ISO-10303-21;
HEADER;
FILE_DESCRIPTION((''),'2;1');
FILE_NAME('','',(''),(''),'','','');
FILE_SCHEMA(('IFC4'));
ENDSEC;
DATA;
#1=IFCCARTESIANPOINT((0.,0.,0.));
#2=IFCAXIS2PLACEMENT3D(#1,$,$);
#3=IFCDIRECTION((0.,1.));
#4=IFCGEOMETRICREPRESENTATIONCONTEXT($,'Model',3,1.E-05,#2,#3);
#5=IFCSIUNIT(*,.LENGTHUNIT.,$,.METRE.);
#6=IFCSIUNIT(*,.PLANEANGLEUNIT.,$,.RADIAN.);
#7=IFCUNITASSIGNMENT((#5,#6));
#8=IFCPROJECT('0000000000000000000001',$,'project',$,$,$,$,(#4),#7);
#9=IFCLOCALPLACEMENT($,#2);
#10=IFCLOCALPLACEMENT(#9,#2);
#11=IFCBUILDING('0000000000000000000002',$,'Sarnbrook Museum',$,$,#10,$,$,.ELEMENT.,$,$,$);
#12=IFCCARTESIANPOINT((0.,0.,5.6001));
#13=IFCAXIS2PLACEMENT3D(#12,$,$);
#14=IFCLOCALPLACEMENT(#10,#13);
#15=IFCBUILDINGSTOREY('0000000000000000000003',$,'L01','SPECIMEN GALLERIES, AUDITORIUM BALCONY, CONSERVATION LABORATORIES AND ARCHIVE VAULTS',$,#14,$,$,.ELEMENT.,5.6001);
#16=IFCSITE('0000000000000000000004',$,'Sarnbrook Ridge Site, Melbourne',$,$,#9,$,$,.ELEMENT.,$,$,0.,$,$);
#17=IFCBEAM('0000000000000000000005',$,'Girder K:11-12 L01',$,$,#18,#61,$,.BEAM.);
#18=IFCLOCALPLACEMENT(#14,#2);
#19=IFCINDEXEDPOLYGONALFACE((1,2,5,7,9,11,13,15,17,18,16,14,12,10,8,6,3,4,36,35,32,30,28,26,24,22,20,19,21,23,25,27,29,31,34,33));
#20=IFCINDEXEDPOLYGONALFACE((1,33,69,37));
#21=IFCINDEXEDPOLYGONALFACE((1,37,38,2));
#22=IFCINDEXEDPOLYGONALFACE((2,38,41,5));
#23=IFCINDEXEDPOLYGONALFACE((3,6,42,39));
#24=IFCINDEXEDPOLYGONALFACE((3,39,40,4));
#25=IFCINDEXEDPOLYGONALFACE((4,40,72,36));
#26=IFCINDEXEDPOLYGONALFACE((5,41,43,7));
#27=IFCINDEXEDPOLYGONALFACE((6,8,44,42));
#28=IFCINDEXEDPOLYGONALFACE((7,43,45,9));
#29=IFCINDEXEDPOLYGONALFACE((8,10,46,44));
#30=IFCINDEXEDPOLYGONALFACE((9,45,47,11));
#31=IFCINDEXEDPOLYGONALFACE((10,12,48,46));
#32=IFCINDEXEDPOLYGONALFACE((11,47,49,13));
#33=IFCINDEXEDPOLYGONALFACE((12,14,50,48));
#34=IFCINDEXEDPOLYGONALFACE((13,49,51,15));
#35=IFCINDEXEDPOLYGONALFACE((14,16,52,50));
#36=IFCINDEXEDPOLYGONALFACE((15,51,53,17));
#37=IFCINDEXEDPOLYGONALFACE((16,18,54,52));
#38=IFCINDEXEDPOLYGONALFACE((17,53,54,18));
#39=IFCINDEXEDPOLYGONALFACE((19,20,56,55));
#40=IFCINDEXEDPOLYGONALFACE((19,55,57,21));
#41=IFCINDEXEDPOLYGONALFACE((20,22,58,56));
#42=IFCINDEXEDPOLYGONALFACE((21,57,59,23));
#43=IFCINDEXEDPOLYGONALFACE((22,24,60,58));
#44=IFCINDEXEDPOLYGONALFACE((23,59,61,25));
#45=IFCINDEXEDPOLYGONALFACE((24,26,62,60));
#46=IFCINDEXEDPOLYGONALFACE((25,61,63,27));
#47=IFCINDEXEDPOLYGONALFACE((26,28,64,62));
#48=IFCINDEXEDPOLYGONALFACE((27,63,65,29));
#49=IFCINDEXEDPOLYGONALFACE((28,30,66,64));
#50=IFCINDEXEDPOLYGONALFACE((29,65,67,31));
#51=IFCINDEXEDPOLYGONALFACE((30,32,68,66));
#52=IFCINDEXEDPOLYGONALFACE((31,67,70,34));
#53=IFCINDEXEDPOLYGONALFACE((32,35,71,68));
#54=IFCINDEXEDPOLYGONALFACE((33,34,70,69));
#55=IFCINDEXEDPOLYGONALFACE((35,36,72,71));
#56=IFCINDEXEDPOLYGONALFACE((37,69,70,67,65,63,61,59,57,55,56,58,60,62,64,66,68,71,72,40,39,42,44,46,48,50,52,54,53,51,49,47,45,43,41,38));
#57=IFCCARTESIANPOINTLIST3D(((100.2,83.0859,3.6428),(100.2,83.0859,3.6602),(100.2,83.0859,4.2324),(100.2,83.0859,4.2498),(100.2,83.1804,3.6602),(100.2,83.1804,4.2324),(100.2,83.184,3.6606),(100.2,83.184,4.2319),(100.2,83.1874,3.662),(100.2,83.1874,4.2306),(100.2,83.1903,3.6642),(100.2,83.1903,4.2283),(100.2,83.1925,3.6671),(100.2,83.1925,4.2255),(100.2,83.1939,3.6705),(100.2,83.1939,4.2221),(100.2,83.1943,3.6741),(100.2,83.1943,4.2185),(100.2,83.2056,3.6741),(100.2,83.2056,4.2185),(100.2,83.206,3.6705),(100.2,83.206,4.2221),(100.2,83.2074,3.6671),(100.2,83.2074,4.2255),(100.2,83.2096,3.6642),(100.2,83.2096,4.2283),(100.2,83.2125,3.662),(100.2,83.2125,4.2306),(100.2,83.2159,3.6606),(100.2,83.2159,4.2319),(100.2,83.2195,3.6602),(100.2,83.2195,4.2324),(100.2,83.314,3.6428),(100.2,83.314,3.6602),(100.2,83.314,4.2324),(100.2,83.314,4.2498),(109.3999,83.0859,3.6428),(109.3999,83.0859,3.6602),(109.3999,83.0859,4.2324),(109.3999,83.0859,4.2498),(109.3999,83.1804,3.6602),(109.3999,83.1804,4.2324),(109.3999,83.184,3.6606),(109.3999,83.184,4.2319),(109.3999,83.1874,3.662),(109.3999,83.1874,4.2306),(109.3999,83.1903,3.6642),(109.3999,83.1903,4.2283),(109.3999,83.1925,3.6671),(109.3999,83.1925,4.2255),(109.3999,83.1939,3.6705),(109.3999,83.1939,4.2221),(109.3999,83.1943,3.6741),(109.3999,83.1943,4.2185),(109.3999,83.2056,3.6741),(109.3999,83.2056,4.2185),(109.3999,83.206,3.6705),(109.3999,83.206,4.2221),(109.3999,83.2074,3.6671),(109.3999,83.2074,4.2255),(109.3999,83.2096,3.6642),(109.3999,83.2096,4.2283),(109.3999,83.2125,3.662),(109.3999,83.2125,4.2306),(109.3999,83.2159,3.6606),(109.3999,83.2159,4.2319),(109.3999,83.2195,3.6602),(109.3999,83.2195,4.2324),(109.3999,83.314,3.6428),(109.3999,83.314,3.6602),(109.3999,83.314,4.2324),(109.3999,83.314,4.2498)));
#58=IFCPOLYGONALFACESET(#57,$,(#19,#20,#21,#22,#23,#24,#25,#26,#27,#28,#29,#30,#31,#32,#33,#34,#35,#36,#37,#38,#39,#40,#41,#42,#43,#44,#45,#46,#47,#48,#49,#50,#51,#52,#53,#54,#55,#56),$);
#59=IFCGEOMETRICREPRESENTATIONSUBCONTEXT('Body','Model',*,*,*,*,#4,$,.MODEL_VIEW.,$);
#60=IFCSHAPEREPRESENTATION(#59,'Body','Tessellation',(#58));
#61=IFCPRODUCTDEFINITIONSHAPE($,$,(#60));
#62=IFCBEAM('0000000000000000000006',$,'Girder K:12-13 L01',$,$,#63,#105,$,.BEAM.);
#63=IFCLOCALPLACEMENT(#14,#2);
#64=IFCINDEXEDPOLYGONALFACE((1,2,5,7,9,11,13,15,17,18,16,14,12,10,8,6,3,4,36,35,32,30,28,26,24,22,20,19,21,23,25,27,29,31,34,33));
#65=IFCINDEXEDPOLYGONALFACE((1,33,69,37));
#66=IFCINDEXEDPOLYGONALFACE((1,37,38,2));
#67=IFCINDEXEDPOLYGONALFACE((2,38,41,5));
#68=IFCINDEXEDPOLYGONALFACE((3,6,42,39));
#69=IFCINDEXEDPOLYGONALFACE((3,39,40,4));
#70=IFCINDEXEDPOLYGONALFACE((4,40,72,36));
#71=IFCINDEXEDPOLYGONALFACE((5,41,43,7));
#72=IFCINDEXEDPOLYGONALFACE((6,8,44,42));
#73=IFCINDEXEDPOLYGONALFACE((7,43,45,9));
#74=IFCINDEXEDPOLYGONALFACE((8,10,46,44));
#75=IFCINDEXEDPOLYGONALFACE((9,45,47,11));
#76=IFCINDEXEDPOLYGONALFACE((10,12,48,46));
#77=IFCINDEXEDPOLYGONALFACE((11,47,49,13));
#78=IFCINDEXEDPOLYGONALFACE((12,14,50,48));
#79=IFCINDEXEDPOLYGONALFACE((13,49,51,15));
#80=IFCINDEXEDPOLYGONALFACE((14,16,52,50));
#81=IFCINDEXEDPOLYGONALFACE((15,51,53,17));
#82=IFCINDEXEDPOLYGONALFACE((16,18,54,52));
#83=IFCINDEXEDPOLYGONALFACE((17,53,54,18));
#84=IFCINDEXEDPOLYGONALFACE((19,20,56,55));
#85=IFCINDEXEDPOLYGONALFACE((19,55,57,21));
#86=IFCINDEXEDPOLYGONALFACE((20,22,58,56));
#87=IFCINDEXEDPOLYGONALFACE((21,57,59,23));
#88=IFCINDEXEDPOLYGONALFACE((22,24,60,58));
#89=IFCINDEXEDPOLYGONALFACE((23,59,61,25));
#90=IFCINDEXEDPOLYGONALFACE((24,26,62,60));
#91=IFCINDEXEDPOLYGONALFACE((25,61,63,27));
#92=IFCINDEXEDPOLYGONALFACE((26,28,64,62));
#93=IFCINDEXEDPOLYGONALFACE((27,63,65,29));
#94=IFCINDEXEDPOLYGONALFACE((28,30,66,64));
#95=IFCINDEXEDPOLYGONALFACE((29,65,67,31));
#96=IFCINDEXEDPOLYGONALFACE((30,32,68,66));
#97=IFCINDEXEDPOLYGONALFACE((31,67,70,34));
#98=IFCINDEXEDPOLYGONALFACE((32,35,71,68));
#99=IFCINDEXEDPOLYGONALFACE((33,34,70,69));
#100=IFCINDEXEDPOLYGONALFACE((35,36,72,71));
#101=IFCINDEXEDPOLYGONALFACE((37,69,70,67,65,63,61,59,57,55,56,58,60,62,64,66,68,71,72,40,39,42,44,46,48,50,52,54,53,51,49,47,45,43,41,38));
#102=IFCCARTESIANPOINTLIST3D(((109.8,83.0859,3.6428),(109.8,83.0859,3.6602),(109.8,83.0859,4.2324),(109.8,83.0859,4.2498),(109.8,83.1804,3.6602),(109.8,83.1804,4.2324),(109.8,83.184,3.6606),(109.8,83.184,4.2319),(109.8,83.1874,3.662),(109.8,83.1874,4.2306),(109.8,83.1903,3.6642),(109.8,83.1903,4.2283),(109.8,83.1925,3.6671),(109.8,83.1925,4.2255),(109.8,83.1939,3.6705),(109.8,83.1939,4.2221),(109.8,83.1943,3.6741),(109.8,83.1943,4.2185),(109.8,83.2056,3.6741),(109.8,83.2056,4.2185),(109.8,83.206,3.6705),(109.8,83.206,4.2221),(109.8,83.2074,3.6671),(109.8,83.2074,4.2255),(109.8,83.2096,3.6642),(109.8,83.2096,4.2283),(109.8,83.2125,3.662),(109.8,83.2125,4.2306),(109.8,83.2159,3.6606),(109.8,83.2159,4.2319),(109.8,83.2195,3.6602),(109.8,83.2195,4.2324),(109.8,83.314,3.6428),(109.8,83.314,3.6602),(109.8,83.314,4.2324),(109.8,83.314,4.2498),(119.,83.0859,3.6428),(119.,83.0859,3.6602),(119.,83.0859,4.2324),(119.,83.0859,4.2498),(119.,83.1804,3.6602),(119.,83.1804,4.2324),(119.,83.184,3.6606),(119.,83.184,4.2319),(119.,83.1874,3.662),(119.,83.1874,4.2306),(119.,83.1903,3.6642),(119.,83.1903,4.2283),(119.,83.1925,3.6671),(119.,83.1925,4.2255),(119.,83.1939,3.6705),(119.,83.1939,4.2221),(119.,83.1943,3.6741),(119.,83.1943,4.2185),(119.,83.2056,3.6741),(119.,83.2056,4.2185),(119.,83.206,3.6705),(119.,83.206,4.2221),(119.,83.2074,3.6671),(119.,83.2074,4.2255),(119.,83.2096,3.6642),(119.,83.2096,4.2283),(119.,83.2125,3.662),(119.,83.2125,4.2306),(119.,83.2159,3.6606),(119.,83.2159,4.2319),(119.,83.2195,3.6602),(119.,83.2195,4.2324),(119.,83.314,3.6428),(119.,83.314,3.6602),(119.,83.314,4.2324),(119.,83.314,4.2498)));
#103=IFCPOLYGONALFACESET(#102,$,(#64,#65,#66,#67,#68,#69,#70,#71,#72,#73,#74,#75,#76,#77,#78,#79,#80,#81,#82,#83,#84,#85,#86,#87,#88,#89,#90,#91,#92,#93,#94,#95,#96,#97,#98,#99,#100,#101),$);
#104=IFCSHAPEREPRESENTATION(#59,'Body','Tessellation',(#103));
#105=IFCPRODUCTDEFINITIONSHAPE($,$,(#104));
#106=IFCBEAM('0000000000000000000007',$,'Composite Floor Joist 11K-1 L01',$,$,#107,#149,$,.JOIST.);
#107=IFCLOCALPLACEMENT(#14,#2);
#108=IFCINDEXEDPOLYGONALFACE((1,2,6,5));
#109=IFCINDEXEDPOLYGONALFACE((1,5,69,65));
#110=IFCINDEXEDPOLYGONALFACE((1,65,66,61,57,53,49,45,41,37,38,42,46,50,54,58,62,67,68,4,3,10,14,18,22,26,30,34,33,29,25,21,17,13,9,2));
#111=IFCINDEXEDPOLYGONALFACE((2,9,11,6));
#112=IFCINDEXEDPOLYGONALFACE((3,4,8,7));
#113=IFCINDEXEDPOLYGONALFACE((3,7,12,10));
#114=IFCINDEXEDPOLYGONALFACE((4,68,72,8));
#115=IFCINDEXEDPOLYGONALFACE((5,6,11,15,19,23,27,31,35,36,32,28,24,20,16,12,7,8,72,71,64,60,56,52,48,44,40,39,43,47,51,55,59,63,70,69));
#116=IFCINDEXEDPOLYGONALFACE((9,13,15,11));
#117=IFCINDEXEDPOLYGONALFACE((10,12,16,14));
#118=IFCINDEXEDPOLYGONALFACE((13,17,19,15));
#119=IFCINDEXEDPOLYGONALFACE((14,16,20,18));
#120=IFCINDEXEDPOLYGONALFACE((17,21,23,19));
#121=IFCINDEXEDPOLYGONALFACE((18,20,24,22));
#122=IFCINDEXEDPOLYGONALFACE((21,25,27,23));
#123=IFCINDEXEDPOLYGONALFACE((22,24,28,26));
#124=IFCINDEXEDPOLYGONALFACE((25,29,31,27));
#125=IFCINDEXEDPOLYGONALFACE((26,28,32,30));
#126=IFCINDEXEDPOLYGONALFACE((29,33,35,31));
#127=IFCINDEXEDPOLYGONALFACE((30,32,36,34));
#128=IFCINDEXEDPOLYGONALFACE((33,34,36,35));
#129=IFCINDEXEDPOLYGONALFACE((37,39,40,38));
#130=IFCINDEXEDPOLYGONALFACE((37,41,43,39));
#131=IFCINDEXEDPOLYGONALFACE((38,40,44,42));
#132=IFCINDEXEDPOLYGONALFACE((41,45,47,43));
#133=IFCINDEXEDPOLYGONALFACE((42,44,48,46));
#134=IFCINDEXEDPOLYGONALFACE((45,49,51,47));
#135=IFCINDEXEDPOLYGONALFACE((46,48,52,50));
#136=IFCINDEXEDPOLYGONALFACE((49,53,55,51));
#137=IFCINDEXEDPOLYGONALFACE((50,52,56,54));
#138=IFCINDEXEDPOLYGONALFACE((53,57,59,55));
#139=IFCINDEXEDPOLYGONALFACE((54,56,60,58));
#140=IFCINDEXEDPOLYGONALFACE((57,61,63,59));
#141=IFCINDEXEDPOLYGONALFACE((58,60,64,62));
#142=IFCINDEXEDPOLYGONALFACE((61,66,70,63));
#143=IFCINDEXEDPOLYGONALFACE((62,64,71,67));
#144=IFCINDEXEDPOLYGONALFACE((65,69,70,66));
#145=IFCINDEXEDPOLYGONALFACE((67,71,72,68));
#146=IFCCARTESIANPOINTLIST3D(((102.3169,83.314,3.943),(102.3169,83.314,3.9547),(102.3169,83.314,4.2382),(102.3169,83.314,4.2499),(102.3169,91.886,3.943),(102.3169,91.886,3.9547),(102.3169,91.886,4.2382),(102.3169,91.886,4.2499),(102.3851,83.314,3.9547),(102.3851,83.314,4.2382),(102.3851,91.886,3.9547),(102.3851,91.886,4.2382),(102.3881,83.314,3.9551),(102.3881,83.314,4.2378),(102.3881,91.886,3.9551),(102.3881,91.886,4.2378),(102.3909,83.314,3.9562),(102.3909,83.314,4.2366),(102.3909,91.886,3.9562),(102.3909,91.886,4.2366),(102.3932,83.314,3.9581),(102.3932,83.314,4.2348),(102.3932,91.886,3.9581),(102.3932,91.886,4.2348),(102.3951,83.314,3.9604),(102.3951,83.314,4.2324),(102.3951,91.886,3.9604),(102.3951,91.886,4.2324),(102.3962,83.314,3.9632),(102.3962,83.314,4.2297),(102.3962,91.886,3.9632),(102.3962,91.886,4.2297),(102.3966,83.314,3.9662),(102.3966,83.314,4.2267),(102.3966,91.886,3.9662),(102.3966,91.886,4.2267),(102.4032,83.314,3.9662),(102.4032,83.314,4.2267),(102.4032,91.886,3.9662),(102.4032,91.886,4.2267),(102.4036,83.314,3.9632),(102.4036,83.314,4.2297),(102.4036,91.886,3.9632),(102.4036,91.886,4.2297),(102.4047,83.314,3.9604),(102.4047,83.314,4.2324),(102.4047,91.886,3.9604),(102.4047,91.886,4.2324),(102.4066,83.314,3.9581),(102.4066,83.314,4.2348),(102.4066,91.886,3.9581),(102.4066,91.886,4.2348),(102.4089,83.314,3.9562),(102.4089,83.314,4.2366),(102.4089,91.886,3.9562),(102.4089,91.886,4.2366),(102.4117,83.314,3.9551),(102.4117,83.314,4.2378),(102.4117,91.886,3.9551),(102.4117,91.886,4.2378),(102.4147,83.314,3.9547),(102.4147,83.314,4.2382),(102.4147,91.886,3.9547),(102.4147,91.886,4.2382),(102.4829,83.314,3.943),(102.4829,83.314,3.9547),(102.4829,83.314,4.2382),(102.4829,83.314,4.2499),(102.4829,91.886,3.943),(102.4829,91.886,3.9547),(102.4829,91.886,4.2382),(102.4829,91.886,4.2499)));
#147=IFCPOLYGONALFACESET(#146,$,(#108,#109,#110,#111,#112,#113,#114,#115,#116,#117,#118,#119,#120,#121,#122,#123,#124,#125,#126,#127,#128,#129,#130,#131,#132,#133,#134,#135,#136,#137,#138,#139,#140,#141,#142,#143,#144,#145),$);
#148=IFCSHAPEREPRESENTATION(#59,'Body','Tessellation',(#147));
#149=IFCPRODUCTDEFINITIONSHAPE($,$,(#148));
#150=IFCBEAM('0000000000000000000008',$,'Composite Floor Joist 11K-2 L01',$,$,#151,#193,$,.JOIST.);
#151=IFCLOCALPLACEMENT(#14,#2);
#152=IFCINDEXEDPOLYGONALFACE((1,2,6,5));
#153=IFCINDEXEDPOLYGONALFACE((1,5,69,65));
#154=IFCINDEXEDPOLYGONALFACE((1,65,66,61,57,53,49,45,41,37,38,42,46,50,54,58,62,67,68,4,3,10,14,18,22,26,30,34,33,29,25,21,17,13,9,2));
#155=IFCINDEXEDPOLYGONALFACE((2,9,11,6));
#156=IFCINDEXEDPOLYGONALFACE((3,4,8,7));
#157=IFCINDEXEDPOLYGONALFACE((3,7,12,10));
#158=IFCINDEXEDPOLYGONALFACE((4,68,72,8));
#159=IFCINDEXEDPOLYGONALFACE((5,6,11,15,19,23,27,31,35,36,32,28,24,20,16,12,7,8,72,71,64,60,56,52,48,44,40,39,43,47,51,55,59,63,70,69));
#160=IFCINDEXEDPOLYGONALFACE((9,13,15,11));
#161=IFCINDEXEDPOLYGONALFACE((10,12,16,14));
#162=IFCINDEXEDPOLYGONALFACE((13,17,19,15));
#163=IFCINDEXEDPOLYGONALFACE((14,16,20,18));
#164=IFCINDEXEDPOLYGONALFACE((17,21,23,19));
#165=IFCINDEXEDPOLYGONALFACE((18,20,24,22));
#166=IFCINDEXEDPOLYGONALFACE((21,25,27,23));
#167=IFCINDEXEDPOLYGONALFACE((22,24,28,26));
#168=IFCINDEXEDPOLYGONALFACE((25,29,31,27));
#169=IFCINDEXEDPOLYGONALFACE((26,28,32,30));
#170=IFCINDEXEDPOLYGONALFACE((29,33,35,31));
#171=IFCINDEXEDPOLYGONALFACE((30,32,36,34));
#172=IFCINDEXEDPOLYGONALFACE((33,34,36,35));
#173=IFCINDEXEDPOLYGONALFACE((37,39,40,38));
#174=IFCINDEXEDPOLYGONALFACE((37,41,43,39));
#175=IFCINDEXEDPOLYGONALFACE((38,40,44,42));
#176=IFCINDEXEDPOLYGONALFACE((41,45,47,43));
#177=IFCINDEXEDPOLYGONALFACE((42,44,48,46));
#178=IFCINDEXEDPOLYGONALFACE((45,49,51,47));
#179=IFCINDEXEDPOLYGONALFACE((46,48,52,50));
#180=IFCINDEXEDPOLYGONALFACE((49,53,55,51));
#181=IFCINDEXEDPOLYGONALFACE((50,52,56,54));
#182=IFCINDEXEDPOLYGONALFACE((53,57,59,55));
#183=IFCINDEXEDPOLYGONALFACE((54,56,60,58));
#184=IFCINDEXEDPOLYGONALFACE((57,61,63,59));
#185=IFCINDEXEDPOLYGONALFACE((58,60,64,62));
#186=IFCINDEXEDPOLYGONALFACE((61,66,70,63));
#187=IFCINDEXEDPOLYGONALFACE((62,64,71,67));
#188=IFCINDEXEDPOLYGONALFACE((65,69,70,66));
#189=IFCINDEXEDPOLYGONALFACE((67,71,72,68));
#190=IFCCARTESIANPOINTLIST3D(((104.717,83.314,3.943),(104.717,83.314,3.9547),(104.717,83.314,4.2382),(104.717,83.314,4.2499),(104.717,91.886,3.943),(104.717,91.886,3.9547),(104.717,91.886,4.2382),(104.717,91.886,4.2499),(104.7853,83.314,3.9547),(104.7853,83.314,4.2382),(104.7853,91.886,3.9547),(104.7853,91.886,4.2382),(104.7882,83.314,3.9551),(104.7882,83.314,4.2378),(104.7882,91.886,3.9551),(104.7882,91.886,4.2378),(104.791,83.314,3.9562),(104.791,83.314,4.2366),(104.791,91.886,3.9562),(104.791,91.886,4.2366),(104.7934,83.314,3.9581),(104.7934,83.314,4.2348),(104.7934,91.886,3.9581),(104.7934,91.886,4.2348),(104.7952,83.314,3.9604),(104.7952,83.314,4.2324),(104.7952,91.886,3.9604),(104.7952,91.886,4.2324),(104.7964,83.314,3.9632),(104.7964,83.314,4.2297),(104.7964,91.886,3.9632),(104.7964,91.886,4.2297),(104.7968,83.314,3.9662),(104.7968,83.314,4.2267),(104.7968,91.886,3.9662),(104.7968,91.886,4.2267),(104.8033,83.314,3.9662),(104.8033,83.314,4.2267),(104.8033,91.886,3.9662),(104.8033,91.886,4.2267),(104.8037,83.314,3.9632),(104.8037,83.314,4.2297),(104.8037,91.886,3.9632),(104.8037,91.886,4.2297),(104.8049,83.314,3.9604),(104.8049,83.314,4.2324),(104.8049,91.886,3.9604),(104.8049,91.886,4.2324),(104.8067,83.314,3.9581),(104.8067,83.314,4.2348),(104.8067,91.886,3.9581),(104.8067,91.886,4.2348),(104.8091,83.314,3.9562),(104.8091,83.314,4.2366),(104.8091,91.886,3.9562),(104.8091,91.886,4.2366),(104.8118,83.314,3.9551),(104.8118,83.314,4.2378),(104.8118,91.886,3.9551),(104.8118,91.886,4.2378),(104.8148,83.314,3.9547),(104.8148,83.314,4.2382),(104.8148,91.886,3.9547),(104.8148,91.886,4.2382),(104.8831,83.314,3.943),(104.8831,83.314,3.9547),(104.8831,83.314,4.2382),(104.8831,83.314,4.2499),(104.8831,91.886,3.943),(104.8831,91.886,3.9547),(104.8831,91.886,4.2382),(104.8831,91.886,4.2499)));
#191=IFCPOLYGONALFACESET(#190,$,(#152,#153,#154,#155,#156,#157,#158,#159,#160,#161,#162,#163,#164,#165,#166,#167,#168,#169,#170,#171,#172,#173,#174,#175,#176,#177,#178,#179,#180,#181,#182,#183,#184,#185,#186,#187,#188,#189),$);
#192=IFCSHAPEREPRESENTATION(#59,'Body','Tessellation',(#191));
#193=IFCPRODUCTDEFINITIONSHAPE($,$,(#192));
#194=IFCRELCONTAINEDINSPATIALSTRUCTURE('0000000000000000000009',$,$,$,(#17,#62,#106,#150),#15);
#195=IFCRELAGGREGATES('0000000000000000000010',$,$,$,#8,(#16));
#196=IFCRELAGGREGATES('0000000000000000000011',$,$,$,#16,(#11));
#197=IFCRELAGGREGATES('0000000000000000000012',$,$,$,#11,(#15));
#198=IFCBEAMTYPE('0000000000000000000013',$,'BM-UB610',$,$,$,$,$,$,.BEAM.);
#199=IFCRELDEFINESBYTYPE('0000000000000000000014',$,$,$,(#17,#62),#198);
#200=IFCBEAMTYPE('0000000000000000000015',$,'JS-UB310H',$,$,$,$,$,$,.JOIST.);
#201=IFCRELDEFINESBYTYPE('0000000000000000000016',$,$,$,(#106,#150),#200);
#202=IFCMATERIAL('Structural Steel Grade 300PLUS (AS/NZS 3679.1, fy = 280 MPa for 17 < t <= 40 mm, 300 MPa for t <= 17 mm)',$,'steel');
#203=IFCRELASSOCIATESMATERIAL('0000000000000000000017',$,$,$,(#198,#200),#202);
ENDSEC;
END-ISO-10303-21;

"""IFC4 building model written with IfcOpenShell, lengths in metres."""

from ifc_helpers import new_model, si_unit, direction, frame, origin, origin_2d, place, context, subcontext, project, spatial, i_section, extrude, material, material_profile, profile_set, type_object, element, save


model = new_model("IFC4")

# Units and contexts
model_context = context("Model", 3, precision=1e-05, world=origin(), true_north=direction((0.0, 1.0)))
body_context = subcontext(model_context, "Body", "Model", "MODEL_VIEW")
ifc_project = project(units=[si_unit("LENGTHUNIT", "METRE"), si_unit("PLANEANGLEUNIT", "RADIAN")], contexts=[model_context])

# Site, building, storey
site_placement = place(None, origin())
site = spatial("IfcSite", under=ifc_project, at=site_placement, Name="Sarnbrook Ridge Site, Melbourne", CompositionType="ELEMENT", RefElevation=0.0)
building_placement = place(site_placement, origin())
building = spatial("IfcBuilding", under=site, at=building_placement, Name="Sarnbrook Museum", CompositionType="ELEMENT")
storey_placement = place(building_placement, frame((0.0, 0.0, 5.6001)))
storey = spatial("IfcBuildingStorey", under=building, at=storey_placement, Name="L01", Description="SPECIMEN GALLERIES, AUDITORIUM BALCONY, CONSERVATION LABORATORIES AND ARCHIVE VAULTS", CompositionType="ELEMENT", Elevation=5.6001)

# Beams
ifc_material_1 = material(Name="Structural Steel Grade 300PLUS (AS/NZS 3679.1, fy = 280 MPa for 17 < t <= 40 mm, 300 MPa for t <= 17 mm)", Category="steel")
ifc_material_profile_1 = material_profile(ifc_material_1, i_section(OverallWidth=0.228, OverallDepth=0.6069, WebThickness=0.0112, FlangeThickness=0.0173, FilletRadius=0.0139, at=origin_2d()), Name="610UB113")
ifc_profile_set_1 = profile_set([ifc_material_profile_1], Name="Structural Steel Grade 300PLUS (AS/NZS 3679.1, fy = 280 MPa for 17 < t <= 40 mm, 300 MPa for t <= 17 mm)")
beam_type_1 = type_object("IfcBeamType", Name="BM-UB610", PredefinedType="BEAM", material=ifc_profile_set_1)
for number, where, z_axis, x_axis, name in (
    (1, (100.2, 83.2, 3.9463), (1.0, 0.0, 0.0), (0.0, 1.0, 0.0), "Girder K:11-12 L01"),
    (2, (109.8, 83.2, 3.9463), (1.0, 0.0, 0.0), (0.0, 1.0, 0.0), "Girder K:12-13 L01"),
):
    element("IfcBeam", number, at=place(storey_placement, frame(where, z_axis=z_axis, x_axis=x_axis)), inside=storey, type_object=beam_type_1, Name=name, PredefinedType="BEAM", context=body_context, shape_type="SweptSolid", body=[
        extrude(i_section(OverallWidth=0.228, OverallDepth=0.6069, WebThickness=0.0112, FlangeThickness=0.0173, FilletRadius=0.0139, at=origin_2d()), origin(), (0.0, 0.0, 1.0), 9.2),
    ])
ifc_material_profile_2 = material_profile(ifc_material_1, i_section(OverallWidth=0.166, OverallDepth=0.3069, WebThickness=0.0066, FlangeThickness=0.0117, FilletRadius=0.0115, at=origin_2d()), Name="310UB46.2")
ifc_profile_set_2 = profile_set([ifc_material_profile_2], Name="Structural Steel Grade 300PLUS (AS/NZS 3679.1, fy = 280 MPa for 17 < t <= 40 mm, 300 MPa for t <= 17 mm)")
beam_type_2 = type_object("IfcBeamType", Name="JS-UB310H", PredefinedType="JOIST", material=ifc_profile_set_2)
for number, where, z_axis, x_axis, name in (
    (3, (102.3999, 83.314, 4.0964), (0.0, 1.0, 0.0), (-1.0, 0.0, 0.0), "Composite Floor Joist 11K-1 L01"),
    (4, (104.8, 83.314, 4.0964), (0.0, 1.0, 0.0), (-1.0, 0.0, 0.0), "Composite Floor Joist 11K-2 L01"),
):
    element("IfcBeam", number, at=place(storey_placement, frame(where, z_axis=z_axis, x_axis=x_axis)), inside=storey, type_object=beam_type_2, Name=name, PredefinedType="JOIST", context=body_context, shape_type="SweptSolid", body=[
        extrude(i_section(OverallWidth=0.166, OverallDepth=0.3069, WebThickness=0.0066, FlangeThickness=0.0117, FilletRadius=0.0115, at=origin_2d()), origin(), (0.0, 0.0, 1.0), 8.572),
    ])

save(model, "model.ifc")
